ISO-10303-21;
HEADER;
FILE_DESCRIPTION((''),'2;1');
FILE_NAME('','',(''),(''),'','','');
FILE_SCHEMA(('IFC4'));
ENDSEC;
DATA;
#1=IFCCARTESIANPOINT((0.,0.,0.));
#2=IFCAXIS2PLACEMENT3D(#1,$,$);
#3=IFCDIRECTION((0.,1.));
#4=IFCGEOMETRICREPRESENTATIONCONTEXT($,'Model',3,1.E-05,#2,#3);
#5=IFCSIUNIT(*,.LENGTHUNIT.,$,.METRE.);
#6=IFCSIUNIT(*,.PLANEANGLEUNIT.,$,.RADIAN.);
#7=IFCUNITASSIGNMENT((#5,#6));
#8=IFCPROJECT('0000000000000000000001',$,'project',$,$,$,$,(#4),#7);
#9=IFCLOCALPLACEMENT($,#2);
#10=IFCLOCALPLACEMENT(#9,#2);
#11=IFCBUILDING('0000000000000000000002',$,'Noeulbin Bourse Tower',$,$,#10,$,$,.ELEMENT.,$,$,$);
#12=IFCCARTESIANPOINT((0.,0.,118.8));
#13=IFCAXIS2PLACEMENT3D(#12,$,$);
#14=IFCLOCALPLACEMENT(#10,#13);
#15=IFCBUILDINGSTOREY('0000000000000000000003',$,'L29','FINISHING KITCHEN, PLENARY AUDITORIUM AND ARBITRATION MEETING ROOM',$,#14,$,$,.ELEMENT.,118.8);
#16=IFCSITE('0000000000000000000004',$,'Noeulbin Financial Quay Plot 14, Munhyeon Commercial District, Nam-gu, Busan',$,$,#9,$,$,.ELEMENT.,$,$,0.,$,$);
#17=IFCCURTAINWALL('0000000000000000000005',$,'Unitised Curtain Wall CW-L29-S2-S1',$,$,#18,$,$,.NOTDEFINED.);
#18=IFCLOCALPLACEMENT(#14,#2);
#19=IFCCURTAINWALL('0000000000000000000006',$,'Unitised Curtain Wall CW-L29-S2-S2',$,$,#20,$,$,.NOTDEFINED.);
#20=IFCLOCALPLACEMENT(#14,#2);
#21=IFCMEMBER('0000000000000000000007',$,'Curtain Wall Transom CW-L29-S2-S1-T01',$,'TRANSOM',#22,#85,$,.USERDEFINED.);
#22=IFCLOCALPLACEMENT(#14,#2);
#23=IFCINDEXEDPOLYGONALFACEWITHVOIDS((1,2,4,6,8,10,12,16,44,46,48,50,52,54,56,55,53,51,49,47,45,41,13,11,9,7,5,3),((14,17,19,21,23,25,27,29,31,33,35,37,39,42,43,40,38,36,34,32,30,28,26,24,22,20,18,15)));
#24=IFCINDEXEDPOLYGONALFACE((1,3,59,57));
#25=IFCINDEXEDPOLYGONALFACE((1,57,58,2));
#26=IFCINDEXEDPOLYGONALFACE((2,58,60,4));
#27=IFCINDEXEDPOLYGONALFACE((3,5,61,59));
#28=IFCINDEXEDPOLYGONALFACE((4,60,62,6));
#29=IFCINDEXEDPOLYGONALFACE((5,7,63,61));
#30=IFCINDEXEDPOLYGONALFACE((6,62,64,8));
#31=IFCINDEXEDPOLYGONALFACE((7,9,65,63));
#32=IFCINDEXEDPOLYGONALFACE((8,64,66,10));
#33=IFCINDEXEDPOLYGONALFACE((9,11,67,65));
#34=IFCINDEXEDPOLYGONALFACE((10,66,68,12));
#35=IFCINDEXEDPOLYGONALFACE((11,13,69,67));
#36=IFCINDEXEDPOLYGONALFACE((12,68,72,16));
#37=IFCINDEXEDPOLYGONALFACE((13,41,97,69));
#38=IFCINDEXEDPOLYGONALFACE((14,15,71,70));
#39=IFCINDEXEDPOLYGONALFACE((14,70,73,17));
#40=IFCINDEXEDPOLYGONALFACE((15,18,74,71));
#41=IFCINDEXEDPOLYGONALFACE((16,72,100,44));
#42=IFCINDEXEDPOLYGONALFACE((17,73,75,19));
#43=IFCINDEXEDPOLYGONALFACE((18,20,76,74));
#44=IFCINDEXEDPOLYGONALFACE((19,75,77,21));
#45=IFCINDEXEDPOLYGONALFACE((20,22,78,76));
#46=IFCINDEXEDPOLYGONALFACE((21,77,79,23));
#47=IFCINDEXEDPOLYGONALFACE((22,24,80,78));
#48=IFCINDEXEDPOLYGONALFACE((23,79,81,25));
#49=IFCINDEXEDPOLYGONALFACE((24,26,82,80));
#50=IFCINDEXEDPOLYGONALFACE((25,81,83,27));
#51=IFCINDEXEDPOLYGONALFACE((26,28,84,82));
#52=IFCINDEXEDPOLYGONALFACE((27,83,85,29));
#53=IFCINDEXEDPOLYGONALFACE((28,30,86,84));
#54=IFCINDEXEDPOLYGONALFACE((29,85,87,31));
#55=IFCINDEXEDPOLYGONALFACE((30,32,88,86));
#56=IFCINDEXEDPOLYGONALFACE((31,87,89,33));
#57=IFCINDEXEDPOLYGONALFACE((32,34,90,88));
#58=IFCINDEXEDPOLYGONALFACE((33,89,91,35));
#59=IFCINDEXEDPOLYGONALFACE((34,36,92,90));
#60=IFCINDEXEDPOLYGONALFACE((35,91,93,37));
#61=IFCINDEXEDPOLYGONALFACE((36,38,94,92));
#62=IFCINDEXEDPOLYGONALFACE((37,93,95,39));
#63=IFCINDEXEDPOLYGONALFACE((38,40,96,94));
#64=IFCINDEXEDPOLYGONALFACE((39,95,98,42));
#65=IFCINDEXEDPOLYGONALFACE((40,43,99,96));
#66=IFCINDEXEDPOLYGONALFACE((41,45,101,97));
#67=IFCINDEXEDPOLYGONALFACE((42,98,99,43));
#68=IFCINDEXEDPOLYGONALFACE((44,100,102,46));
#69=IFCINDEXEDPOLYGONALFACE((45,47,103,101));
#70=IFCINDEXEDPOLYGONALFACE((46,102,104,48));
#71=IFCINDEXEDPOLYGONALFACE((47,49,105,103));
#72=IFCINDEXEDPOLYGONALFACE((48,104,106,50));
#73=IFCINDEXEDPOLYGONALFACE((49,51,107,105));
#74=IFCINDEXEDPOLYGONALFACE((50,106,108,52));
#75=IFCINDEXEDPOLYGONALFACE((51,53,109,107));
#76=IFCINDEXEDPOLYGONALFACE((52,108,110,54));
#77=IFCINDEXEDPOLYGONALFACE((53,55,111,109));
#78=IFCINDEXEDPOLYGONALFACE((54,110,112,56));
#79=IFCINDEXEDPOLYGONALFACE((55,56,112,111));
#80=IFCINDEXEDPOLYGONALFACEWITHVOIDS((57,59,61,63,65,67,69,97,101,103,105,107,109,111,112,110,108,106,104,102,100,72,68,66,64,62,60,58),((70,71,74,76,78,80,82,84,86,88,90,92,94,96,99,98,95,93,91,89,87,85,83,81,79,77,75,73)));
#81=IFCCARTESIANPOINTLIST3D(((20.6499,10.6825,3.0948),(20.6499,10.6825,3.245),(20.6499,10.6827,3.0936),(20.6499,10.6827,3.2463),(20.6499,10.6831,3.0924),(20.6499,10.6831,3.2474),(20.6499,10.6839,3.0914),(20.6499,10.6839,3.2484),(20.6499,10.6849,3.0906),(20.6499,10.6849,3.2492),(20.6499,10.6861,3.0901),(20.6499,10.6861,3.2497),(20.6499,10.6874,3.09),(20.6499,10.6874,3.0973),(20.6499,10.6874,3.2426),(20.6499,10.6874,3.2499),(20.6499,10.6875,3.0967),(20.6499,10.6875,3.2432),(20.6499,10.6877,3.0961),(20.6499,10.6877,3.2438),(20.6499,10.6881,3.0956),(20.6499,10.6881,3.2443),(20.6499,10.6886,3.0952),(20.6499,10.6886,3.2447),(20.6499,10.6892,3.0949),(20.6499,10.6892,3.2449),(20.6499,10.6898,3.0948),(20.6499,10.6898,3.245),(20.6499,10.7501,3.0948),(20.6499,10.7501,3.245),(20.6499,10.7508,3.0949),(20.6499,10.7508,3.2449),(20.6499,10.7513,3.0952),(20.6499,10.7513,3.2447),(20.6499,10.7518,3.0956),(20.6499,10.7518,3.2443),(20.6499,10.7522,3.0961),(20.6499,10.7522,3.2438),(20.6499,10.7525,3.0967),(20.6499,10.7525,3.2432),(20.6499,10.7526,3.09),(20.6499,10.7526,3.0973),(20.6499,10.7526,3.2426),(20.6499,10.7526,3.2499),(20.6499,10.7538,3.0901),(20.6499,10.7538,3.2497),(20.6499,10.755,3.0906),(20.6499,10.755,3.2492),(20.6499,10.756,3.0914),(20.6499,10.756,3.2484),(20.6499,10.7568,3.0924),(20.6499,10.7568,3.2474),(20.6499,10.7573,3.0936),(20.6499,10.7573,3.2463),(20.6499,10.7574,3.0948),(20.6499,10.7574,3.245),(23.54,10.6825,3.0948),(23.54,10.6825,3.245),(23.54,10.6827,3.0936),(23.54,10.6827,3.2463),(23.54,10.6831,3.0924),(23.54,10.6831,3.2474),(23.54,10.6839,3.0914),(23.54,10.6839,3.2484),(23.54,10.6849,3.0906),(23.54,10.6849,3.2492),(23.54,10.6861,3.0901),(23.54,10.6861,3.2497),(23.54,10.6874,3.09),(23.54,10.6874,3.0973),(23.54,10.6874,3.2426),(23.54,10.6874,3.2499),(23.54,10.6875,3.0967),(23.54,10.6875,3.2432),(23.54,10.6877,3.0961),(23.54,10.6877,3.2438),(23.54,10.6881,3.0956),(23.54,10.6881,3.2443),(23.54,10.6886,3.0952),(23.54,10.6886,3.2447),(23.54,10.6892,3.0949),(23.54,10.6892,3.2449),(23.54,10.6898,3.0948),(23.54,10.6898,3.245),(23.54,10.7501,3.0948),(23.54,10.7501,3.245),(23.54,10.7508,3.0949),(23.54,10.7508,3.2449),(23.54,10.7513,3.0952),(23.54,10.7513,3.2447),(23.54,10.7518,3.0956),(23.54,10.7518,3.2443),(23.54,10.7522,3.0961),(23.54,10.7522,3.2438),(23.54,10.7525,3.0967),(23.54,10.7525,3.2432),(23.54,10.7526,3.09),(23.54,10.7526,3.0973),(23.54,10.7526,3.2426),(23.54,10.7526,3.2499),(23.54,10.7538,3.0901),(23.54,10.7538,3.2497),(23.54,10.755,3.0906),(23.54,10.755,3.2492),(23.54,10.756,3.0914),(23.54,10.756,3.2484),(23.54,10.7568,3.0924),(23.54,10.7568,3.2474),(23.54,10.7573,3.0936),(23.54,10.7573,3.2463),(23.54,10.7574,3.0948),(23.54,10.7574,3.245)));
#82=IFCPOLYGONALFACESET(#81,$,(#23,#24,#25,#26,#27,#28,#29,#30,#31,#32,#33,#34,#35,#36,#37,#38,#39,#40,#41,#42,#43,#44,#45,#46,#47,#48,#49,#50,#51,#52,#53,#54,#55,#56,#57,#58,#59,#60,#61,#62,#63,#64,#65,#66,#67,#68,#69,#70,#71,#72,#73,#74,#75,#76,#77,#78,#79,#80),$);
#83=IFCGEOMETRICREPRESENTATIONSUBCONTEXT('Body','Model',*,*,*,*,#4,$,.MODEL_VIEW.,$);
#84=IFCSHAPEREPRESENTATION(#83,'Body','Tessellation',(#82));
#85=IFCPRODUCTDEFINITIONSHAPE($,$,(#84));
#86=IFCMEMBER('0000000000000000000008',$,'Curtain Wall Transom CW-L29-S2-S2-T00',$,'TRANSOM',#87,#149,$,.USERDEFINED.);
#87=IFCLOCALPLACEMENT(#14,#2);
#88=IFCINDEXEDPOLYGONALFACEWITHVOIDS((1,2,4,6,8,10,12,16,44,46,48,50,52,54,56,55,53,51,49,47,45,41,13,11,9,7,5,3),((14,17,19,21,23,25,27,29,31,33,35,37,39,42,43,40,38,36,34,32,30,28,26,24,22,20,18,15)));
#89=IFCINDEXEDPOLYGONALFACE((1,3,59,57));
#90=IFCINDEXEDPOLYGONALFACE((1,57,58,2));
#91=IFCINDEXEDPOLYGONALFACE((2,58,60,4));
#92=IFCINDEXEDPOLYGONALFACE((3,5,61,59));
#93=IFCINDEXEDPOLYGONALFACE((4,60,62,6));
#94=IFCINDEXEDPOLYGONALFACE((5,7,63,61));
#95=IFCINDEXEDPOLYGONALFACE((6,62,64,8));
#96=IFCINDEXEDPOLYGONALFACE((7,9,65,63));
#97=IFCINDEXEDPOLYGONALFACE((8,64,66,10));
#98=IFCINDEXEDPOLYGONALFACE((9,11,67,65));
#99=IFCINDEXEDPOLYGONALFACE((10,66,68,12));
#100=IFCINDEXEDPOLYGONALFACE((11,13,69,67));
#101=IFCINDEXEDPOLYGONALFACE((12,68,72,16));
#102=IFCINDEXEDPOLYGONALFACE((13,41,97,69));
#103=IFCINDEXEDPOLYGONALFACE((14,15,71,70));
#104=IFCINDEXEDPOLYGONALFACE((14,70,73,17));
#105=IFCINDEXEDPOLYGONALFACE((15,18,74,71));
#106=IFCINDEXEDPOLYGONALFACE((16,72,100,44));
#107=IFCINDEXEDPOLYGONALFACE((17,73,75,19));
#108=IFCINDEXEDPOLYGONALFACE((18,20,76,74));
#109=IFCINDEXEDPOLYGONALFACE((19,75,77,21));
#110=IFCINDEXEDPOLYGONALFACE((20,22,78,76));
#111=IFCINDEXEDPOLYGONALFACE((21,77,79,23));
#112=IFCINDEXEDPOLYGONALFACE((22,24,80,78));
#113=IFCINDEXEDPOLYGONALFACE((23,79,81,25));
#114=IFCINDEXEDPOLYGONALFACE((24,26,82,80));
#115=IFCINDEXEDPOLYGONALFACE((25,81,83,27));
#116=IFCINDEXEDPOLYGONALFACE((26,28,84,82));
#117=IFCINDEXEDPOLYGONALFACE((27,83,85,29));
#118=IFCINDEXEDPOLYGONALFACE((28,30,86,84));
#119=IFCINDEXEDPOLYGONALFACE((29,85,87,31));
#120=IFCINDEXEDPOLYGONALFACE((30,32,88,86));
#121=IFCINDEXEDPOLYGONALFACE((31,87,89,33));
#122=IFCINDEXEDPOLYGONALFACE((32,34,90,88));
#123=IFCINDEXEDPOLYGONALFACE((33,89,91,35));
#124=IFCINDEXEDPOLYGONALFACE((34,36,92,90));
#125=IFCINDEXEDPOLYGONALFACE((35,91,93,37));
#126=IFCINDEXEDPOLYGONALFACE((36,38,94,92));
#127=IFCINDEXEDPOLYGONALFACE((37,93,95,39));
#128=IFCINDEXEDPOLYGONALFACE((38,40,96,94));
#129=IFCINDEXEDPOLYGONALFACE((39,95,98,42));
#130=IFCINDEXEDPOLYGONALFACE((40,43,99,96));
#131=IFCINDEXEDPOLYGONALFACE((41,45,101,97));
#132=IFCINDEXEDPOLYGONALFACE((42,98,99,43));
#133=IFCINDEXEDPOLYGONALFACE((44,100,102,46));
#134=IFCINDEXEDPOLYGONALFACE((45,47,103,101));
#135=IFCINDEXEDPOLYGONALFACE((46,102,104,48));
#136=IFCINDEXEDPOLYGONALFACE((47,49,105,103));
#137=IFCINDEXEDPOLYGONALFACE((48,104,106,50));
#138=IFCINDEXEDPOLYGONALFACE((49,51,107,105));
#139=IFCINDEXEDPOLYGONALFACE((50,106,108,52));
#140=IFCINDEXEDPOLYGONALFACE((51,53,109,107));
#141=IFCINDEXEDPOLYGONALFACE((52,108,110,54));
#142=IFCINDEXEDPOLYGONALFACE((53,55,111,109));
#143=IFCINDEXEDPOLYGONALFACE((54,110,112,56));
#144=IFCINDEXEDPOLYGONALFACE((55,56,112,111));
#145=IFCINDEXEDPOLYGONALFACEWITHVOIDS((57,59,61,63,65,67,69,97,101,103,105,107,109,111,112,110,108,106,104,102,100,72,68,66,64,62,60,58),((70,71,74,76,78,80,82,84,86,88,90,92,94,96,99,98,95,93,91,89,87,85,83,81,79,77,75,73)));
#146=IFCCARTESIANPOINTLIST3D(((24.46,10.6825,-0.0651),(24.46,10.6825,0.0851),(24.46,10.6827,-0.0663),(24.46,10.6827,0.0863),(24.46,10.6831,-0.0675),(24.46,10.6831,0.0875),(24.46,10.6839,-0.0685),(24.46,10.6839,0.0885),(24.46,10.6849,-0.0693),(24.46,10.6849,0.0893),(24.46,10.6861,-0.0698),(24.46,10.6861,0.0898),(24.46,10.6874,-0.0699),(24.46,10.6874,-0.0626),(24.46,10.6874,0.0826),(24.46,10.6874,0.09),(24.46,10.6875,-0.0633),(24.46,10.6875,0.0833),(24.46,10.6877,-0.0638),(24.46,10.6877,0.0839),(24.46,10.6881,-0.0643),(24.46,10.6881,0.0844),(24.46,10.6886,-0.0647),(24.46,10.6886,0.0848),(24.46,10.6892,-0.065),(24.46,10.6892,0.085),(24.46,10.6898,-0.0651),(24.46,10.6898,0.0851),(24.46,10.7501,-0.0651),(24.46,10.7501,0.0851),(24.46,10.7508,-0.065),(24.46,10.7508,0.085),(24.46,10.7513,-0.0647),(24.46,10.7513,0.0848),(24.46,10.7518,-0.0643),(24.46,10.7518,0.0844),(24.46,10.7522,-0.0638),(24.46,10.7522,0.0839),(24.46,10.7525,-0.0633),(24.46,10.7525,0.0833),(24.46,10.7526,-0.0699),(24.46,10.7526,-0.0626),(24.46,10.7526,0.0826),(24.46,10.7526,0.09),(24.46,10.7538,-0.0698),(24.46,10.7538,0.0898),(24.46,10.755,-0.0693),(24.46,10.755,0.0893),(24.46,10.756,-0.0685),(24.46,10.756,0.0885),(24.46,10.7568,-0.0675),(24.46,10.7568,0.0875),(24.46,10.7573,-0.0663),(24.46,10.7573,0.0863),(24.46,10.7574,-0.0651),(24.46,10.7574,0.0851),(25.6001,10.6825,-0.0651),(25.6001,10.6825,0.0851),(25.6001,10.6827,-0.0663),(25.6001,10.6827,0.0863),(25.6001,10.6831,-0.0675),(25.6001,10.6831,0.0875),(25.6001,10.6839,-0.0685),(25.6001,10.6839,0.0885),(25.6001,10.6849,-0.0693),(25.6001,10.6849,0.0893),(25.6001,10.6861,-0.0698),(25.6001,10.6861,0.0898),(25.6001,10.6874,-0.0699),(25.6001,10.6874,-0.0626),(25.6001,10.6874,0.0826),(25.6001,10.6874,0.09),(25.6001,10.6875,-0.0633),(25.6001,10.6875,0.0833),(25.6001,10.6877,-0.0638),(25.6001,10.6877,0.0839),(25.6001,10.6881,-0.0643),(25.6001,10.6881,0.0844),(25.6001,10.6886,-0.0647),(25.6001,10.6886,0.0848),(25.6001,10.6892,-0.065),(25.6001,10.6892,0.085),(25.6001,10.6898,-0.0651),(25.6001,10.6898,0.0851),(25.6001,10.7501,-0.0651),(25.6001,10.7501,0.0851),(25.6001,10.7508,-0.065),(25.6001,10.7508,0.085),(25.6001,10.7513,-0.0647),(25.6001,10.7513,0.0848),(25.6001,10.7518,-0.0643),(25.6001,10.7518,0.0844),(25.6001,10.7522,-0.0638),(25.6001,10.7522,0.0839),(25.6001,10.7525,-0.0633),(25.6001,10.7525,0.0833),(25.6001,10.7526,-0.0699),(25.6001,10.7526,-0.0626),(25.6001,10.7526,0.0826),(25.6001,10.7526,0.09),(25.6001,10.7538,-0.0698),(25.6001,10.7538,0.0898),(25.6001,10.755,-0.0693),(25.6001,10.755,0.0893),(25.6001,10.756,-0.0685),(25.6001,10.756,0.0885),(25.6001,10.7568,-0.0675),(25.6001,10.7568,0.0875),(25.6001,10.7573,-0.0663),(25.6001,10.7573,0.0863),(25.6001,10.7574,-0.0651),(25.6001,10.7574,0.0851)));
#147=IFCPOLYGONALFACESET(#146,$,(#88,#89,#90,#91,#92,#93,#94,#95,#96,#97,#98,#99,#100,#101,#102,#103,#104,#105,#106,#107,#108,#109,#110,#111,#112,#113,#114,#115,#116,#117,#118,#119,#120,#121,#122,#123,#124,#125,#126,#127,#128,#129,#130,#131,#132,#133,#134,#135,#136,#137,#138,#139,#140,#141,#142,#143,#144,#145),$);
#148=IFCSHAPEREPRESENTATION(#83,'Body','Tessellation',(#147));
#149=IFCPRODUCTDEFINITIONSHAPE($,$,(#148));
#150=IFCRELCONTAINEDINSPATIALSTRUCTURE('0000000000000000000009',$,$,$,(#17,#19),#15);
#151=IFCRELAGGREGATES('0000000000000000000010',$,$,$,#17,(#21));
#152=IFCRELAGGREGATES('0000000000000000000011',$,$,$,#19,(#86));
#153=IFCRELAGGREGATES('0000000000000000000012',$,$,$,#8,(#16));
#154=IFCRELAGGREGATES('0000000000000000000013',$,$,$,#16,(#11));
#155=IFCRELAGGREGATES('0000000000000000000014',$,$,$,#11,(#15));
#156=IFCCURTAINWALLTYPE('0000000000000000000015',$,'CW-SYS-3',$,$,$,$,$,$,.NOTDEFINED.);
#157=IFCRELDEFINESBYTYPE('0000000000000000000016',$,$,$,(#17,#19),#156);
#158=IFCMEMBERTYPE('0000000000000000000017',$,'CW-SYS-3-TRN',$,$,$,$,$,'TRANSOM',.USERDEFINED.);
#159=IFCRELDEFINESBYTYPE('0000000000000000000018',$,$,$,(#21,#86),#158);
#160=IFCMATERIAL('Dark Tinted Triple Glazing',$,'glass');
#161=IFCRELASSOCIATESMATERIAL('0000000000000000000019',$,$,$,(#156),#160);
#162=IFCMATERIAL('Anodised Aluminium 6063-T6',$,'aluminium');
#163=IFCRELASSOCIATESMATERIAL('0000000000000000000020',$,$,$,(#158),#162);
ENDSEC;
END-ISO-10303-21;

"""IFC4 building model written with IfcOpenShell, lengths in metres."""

from ifc_helpers import new_model, si_unit, direction, frame, origin, origin_2d, place, context, subcontext, project, spatial, hollow_rectangle, extrude, material, material_profile, profile_set, type_object, element, aggregate, save


model = new_model("IFC4")

# Units and contexts
model_context = context("Model", 3, precision=1e-05, world=origin(), true_north=direction((0.0, 1.0)))
body_context = subcontext(model_context, "Body", "Model", "MODEL_VIEW")
ifc_project = project(units=[si_unit("LENGTHUNIT", "METRE"), si_unit("PLANEANGLEUNIT", "RADIAN")], contexts=[model_context])

# Site, building, storey
site_placement = place(None, origin())
site = spatial("IfcSite", under=ifc_project, at=site_placement, Name="Noeulbin Financial Quay Plot 14, Munhyeon Commercial District, Nam-gu, Busan", CompositionType="ELEMENT", RefElevation=0.0)
building_placement = place(site_placement, origin())
building = spatial("IfcBuilding", under=site, at=building_placement, Name="Noeulbin Bourse Tower", CompositionType="ELEMENT")
storey_placement = place(building_placement, frame((0.0, 0.0, 118.8)))
storey = spatial("IfcBuildingStorey", under=building, at=storey_placement, Name="L29", Description="FINISHING KITCHEN, PLENARY AUDITORIUM AND ARBITRATION MEETING ROOM", CompositionType="ELEMENT", Elevation=118.8)

# Shared definitions
ifc_material_1 = material(Name="Dark Tinted Triple Glazing", Category="glass")
curtain_wall_type = type_object("IfcCurtainWallType", Name="CW-SYS-3", PredefinedType="NOTDEFINED", material=ifc_material_1)
ifc_material_2 = material(Name="Anodised Aluminium 6063-T6", Category="aluminium")

# Curtain walls
curtain_wall_1_placement = place(storey_placement, origin())
curtain_wall_1 = element("IfcCurtainWall", 1, at=curtain_wall_1_placement, inside=storey, type_object=curtain_wall_type, Name="Unitised Curtain Wall CW-L29-S2-S1", PredefinedType="NOTDEFINED")
curtain_wall_2_placement = place(storey_placement, origin())
curtain_wall_2 = element("IfcCurtainWall", 2, at=curtain_wall_2_placement, inside=storey, type_object=curtain_wall_type, Name="Unitised Curtain Wall CW-L29-S2-S2", PredefinedType="NOTDEFINED")

# Members
ifc_material_profile_1 = material_profile(ifc_material_2, hollow_rectangle(XDim=0.075, YDim=0.1599, WallThickness=0.0049, InnerFilletRadius=0.0024, OuterFilletRadius=0.0049, at=origin_2d()), Name="ALU-TRAN-75x160x5", Category="LoadBearing")
ifc_profile_set_1 = profile_set([ifc_material_profile_1], Name="Anodised Aluminium 6063-T6")
member_type_1 = type_object("IfcMemberType", Name="CW-SYS-3-TRN", ElementType="TRANSOM", PredefinedType="USERDEFINED", material=ifc_profile_set_1)
member_1_placement = place(storey_placement, frame((20.6499, 10.72, 3.1699), z_axis=(1.0, 0.0, 0.0), x_axis=(0.0, 1.0, 0.0)))
member_1 = element("IfcMember", 3, at=member_1_placement, type_object=member_type_1, Name="Curtain Wall Transom CW-L29-S2-S1-T01", ObjectType="TRANSOM", PredefinedType="USERDEFINED", context=body_context, shape_type="SweptSolid", body=[
    extrude(hollow_rectangle(XDim=0.075, YDim=0.1599, WallThickness=0.0049, InnerFilletRadius=0.0024, OuterFilletRadius=0.0049, at=origin_2d()), origin(), (0.0, 0.0, 1.0), 2.8901),
])
member_2_placement = place(storey_placement, frame((24.46, 10.72, 0.01), z_axis=(1.0, 0.0, 0.0), x_axis=(0.0, 1.0, 0.0)))
member_2 = element("IfcMember", 4, at=member_2_placement, type_object=member_type_1, Name="Curtain Wall Transom CW-L29-S2-S2-T00", ObjectType="TRANSOM", PredefinedType="USERDEFINED", context=body_context, shape_type="SweptSolid", body=[
    extrude(hollow_rectangle(XDim=0.075, YDim=0.1599, WallThickness=0.0049, InnerFilletRadius=0.0024, OuterFilletRadius=0.0049, at=origin_2d()), origin(), (0.0, 0.0, 1.0), 1.1401),
])

aggregate(curtain_wall_1, [member_1])
aggregate(curtain_wall_2, [member_2])

save(model, "model.ifc")
